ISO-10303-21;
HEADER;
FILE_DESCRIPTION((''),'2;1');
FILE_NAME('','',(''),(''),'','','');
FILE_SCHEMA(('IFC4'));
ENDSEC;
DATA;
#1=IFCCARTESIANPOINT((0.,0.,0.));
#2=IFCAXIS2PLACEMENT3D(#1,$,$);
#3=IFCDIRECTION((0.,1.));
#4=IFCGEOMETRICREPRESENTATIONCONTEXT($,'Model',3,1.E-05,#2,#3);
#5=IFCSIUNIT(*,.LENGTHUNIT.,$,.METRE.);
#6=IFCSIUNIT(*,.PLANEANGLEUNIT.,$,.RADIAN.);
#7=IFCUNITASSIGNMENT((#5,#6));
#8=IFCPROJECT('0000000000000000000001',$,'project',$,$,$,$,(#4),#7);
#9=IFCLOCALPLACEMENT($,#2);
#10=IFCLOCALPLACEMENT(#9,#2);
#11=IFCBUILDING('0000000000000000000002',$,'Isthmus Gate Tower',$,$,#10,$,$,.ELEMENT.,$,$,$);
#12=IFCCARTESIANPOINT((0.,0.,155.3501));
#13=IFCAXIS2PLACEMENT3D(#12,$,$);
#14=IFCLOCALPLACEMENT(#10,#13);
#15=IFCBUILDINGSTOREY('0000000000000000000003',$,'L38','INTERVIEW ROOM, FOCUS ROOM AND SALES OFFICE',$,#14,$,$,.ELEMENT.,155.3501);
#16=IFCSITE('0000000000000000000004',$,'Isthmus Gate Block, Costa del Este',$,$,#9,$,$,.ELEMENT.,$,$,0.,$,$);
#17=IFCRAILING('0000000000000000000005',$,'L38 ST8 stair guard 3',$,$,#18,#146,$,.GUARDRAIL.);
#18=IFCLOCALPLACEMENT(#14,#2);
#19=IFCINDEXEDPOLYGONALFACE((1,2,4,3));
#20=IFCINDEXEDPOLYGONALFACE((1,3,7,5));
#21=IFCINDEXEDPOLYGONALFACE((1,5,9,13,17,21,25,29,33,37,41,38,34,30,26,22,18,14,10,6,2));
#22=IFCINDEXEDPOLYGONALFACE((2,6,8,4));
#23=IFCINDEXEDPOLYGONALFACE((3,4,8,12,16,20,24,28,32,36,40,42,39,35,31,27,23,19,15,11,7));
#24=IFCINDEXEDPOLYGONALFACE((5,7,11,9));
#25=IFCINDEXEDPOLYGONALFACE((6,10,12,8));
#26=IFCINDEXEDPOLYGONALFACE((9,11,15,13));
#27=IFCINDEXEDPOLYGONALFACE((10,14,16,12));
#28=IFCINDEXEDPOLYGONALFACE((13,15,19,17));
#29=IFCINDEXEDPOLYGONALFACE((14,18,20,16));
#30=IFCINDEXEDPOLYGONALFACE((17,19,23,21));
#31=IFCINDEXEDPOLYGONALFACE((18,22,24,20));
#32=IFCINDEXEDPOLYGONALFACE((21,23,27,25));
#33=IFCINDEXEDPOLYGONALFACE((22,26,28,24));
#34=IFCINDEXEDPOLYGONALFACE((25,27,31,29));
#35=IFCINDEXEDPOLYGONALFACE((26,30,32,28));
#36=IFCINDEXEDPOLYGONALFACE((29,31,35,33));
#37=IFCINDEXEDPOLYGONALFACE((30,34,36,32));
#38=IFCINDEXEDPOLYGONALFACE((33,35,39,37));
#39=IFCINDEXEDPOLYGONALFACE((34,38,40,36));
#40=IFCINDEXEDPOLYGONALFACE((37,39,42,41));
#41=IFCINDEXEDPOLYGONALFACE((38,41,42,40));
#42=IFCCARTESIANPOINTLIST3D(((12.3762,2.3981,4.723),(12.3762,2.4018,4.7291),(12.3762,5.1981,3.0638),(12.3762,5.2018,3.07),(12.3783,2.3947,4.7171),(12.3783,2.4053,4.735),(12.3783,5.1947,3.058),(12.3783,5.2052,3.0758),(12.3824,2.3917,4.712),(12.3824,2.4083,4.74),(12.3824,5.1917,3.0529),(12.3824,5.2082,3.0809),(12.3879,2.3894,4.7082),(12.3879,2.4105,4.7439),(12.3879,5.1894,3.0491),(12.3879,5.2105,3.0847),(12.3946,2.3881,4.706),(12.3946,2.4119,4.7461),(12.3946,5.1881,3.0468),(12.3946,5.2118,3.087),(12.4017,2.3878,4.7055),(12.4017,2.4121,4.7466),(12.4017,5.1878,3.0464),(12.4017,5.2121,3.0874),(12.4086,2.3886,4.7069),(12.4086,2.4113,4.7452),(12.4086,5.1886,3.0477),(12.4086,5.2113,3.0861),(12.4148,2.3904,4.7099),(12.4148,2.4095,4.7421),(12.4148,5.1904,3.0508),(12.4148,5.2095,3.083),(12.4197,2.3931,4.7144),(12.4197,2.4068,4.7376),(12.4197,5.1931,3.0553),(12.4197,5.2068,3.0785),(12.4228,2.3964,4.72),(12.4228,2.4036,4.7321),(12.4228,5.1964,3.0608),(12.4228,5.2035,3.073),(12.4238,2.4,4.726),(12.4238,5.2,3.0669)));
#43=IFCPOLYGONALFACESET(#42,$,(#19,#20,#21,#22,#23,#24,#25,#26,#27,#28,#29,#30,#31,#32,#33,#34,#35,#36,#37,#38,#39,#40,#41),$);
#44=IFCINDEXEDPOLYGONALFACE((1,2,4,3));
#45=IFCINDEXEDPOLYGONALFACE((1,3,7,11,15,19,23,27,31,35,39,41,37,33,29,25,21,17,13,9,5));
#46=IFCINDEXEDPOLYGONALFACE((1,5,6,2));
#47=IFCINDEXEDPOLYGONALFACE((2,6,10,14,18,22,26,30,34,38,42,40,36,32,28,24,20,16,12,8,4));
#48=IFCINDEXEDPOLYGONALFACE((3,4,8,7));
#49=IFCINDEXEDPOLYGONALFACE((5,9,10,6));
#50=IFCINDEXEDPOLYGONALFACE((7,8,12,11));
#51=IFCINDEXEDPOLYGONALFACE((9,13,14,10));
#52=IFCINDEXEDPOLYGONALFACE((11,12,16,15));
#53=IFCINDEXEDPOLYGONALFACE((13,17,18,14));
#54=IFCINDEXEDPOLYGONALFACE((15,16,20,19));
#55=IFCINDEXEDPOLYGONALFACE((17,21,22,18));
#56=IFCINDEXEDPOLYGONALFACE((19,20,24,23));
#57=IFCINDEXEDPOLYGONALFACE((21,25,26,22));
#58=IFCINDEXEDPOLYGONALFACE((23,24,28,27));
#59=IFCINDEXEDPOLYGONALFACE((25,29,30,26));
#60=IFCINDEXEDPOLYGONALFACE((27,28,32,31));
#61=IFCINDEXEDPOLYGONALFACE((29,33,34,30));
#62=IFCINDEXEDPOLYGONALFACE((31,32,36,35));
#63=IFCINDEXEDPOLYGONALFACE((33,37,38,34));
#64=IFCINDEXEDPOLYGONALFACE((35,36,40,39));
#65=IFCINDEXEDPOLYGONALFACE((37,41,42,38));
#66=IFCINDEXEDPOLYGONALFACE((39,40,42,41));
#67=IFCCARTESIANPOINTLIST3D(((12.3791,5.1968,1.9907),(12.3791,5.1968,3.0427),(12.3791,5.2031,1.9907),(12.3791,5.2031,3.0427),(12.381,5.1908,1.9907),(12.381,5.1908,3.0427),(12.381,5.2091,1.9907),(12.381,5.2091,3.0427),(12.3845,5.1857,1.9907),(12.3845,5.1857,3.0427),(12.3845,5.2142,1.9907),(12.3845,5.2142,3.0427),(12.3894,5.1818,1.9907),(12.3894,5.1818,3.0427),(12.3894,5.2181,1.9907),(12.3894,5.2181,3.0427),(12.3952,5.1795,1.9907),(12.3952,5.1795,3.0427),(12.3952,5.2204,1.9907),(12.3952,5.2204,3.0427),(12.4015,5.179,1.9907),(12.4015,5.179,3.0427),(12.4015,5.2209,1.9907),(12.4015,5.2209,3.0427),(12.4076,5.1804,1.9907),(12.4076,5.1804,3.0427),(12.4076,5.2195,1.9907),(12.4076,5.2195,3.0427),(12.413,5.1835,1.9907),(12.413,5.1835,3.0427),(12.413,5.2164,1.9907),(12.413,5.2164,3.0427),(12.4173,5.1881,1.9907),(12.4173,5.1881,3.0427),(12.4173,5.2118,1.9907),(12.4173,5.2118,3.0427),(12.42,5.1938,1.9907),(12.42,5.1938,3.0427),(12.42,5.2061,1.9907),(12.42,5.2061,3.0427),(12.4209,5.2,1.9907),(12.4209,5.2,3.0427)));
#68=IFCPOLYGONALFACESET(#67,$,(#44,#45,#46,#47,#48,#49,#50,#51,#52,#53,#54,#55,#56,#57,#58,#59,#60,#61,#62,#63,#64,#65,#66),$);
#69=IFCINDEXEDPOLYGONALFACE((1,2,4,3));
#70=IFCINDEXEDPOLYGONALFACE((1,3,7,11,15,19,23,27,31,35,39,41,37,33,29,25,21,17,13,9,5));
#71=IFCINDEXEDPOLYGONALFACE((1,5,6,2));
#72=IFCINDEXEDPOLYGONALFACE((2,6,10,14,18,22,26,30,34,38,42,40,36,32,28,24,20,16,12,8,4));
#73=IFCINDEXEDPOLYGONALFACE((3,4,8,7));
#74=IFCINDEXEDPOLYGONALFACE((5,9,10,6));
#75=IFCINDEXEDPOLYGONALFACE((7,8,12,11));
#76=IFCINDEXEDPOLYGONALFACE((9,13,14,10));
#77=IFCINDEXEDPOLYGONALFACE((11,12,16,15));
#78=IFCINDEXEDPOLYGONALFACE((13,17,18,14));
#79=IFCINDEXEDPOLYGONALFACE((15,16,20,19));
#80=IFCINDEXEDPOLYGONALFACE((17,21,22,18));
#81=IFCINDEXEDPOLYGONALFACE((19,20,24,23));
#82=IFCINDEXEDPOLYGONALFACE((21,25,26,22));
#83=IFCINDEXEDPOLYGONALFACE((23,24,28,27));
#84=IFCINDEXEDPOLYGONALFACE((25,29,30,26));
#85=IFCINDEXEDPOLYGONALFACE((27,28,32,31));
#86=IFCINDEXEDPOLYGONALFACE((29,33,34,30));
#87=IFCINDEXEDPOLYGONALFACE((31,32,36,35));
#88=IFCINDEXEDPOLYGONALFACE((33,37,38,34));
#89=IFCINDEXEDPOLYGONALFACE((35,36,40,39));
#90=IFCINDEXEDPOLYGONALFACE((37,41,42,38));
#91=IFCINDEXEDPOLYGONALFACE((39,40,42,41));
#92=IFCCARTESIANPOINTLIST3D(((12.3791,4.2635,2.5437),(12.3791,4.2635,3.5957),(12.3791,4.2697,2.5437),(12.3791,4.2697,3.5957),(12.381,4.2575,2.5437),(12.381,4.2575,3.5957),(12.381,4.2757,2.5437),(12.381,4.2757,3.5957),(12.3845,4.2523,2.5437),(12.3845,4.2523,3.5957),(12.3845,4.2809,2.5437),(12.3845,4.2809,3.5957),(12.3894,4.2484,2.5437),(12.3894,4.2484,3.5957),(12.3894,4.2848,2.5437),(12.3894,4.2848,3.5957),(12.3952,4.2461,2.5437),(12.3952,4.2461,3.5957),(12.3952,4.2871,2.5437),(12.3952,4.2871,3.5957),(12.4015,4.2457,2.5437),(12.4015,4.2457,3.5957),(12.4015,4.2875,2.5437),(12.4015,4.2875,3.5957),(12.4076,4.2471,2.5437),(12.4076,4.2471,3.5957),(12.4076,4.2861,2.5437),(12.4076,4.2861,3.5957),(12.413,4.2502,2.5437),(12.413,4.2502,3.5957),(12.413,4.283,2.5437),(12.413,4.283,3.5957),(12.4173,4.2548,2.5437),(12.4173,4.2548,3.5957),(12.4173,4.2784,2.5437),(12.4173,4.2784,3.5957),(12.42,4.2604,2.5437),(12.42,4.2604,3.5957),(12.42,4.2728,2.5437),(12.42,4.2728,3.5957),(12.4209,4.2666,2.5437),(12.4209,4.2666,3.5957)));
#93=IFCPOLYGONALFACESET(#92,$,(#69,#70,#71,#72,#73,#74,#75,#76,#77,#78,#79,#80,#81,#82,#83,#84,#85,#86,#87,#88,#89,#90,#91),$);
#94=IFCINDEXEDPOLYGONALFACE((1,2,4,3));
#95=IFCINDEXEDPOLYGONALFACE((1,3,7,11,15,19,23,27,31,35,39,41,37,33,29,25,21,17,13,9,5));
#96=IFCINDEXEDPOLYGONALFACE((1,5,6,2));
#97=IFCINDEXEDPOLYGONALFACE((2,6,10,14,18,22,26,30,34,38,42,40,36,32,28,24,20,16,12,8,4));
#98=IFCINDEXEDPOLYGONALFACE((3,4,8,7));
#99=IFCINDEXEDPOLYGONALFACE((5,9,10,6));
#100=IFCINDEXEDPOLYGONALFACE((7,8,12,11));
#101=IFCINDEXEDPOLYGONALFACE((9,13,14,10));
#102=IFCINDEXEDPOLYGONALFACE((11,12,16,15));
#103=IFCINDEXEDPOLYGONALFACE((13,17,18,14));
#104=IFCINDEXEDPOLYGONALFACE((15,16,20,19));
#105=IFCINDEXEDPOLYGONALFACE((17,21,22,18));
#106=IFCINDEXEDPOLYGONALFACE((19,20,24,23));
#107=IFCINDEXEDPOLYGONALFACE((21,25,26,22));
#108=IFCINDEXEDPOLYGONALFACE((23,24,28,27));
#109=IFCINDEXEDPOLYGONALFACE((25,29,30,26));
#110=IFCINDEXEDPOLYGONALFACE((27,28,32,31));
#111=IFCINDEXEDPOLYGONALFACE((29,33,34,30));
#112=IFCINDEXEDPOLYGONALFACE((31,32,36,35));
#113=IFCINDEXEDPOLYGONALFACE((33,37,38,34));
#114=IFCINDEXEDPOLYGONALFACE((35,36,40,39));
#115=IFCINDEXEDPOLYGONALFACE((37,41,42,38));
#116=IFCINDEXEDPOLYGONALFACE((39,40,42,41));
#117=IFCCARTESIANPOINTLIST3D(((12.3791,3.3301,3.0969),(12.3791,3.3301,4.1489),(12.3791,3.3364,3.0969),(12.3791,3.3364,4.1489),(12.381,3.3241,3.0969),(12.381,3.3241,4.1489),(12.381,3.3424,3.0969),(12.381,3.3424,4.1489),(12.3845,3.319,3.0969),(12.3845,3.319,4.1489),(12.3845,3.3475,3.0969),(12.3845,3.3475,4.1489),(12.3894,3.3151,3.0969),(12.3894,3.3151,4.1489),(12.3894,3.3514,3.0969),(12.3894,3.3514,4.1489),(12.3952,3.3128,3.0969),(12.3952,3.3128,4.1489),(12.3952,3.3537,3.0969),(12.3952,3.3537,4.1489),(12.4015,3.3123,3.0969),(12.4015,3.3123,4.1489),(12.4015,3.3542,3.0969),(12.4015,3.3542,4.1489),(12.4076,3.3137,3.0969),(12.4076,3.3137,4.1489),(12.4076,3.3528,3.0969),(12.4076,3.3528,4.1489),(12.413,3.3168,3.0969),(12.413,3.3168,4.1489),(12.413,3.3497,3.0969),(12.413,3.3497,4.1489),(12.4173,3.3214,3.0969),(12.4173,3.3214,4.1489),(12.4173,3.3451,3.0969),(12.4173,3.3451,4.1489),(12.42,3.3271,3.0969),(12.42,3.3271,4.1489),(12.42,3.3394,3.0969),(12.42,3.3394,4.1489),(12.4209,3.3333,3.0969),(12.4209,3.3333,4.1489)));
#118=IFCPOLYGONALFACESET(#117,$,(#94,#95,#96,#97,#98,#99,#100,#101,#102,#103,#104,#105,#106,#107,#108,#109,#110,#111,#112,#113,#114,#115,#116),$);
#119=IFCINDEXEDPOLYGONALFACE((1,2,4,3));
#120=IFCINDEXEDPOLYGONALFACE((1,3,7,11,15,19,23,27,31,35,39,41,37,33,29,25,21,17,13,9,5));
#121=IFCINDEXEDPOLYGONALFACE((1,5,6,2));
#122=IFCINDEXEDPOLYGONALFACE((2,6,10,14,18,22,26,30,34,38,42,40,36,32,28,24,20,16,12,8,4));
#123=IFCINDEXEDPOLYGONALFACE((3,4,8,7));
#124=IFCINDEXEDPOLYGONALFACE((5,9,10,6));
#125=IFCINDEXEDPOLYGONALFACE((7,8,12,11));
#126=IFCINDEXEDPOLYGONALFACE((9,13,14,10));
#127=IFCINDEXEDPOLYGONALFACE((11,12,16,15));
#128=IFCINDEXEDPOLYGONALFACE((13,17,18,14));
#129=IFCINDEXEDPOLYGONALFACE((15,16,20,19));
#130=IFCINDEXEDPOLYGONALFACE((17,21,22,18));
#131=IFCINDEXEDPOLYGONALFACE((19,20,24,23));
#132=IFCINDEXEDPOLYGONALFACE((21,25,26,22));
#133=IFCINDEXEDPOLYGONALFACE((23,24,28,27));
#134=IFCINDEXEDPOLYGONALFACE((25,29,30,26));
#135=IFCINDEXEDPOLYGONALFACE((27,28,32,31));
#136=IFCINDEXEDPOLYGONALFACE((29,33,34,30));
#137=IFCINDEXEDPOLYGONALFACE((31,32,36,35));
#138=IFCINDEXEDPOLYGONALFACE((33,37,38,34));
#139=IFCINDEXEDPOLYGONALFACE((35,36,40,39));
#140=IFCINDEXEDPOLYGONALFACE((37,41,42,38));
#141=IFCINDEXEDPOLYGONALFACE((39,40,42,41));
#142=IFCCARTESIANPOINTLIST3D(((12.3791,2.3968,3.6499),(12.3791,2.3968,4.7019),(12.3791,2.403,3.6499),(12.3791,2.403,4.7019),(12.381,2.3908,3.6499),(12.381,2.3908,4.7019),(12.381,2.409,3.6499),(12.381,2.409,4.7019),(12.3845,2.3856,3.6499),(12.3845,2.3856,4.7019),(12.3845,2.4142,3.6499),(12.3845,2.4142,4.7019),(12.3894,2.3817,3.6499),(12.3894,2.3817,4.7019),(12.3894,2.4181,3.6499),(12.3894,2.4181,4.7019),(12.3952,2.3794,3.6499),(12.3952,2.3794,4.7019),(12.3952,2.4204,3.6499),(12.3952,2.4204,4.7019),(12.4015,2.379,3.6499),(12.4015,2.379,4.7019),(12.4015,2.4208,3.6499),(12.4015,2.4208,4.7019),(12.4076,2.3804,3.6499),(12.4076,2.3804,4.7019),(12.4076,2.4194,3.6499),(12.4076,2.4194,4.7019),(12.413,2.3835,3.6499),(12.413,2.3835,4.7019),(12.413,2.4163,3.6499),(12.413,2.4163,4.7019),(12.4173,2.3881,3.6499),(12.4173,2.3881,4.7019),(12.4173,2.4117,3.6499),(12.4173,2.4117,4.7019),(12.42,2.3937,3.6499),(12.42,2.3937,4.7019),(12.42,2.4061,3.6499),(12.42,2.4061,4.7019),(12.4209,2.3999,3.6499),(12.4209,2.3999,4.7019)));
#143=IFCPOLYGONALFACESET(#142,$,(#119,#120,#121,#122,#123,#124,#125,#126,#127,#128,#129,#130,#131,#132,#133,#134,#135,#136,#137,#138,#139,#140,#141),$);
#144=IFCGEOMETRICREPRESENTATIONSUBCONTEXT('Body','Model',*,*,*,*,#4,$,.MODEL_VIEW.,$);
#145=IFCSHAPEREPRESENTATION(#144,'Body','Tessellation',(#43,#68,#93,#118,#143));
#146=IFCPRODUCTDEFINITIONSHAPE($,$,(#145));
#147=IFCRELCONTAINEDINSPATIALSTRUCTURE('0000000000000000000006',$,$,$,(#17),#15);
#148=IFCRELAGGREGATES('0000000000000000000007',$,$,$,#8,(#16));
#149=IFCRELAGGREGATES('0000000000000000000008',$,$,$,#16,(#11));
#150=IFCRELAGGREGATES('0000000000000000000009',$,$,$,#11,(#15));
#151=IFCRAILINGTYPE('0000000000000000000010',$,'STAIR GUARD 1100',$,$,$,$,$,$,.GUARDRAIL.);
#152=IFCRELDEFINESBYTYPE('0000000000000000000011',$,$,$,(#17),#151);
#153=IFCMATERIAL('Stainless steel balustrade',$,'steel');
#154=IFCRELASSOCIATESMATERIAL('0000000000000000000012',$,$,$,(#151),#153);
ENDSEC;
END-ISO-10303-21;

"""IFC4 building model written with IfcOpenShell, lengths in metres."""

from ifc_helpers import new_model, si_unit, direction, frame, origin, origin_2d, place, context, subcontext, project, spatial, circle, extrude, material, type_object, element, save


model = new_model("IFC4")

# Units and contexts
model_context = context("Model", 3, precision=1e-05, world=origin(), true_north=direction((0.0, 1.0)))
body_context = subcontext(model_context, "Body", "Model", "MODEL_VIEW")
ifc_project = project(units=[si_unit("LENGTHUNIT", "METRE"), si_unit("PLANEANGLEUNIT", "RADIAN")], contexts=[model_context])

# Site, building, storey
site_placement = place(None, origin())
site = spatial("IfcSite", under=ifc_project, at=site_placement, Name="Isthmus Gate Block, Costa del Este", CompositionType="ELEMENT", RefElevation=0.0)
building_placement = place(site_placement, origin())
building = spatial("IfcBuilding", under=site, at=building_placement, Name="Isthmus Gate Tower", CompositionType="ELEMENT")
storey_placement = place(building_placement, frame((0.0, 0.0, 155.3501)))
storey = spatial("IfcBuildingStorey", under=building, at=storey_placement, Name="L38", Description="INTERVIEW ROOM, FOCUS ROOM AND SALES OFFICE", CompositionType="ELEMENT", Elevation=155.3501)

# Railing
ifc_material_1 = material(Name="Stainless steel balustrade", Category="steel")
railing_type_1 = type_object("IfcRailingType", Name="STAIR GUARD 1100", PredefinedType="GUARDRAIL", material=ifc_material_1)
railing_1_placement = place(storey_placement, frame((12.3999, 5.2, 1.9907)))
element("IfcRailing", 1, at=railing_1_placement, inside=storey, type_object=railing_type_1, Name="L38 ST8 stair guard 3", PredefinedType="GUARDRAIL", context=body_context, shape_type="SweptSolid", body=[
    extrude(circle(Radius=0.0239, at=origin_2d()), frame((0.0, 0.0, 1.0762), z_axis=(0.0, -0.860306, 0.509778), x_axis=(1.0, 0.0, 0.0)), (0.0, 0.0, 1.0), 3.2546),
    extrude(circle(Radius=0.021, at=origin_2d()), origin(), (0.0, 0.0, 1.0), 1.052),
    extrude(circle(Radius=0.021, at=origin_2d()), frame((0.0, -0.9333, 0.553)), (0.0, 0.0, 1.0), 1.052),
    extrude(circle(Radius=0.021, at=origin_2d()), frame((0.0, -1.8667, 1.1062)), (0.0, 0.0, 1.0), 1.052),
    extrude(circle(Radius=0.021, at=origin_2d()), frame((0.0, -2.8, 1.6592)), (0.0, 0.0, 1.0), 1.052),
])

save(model, "model.ifc")
